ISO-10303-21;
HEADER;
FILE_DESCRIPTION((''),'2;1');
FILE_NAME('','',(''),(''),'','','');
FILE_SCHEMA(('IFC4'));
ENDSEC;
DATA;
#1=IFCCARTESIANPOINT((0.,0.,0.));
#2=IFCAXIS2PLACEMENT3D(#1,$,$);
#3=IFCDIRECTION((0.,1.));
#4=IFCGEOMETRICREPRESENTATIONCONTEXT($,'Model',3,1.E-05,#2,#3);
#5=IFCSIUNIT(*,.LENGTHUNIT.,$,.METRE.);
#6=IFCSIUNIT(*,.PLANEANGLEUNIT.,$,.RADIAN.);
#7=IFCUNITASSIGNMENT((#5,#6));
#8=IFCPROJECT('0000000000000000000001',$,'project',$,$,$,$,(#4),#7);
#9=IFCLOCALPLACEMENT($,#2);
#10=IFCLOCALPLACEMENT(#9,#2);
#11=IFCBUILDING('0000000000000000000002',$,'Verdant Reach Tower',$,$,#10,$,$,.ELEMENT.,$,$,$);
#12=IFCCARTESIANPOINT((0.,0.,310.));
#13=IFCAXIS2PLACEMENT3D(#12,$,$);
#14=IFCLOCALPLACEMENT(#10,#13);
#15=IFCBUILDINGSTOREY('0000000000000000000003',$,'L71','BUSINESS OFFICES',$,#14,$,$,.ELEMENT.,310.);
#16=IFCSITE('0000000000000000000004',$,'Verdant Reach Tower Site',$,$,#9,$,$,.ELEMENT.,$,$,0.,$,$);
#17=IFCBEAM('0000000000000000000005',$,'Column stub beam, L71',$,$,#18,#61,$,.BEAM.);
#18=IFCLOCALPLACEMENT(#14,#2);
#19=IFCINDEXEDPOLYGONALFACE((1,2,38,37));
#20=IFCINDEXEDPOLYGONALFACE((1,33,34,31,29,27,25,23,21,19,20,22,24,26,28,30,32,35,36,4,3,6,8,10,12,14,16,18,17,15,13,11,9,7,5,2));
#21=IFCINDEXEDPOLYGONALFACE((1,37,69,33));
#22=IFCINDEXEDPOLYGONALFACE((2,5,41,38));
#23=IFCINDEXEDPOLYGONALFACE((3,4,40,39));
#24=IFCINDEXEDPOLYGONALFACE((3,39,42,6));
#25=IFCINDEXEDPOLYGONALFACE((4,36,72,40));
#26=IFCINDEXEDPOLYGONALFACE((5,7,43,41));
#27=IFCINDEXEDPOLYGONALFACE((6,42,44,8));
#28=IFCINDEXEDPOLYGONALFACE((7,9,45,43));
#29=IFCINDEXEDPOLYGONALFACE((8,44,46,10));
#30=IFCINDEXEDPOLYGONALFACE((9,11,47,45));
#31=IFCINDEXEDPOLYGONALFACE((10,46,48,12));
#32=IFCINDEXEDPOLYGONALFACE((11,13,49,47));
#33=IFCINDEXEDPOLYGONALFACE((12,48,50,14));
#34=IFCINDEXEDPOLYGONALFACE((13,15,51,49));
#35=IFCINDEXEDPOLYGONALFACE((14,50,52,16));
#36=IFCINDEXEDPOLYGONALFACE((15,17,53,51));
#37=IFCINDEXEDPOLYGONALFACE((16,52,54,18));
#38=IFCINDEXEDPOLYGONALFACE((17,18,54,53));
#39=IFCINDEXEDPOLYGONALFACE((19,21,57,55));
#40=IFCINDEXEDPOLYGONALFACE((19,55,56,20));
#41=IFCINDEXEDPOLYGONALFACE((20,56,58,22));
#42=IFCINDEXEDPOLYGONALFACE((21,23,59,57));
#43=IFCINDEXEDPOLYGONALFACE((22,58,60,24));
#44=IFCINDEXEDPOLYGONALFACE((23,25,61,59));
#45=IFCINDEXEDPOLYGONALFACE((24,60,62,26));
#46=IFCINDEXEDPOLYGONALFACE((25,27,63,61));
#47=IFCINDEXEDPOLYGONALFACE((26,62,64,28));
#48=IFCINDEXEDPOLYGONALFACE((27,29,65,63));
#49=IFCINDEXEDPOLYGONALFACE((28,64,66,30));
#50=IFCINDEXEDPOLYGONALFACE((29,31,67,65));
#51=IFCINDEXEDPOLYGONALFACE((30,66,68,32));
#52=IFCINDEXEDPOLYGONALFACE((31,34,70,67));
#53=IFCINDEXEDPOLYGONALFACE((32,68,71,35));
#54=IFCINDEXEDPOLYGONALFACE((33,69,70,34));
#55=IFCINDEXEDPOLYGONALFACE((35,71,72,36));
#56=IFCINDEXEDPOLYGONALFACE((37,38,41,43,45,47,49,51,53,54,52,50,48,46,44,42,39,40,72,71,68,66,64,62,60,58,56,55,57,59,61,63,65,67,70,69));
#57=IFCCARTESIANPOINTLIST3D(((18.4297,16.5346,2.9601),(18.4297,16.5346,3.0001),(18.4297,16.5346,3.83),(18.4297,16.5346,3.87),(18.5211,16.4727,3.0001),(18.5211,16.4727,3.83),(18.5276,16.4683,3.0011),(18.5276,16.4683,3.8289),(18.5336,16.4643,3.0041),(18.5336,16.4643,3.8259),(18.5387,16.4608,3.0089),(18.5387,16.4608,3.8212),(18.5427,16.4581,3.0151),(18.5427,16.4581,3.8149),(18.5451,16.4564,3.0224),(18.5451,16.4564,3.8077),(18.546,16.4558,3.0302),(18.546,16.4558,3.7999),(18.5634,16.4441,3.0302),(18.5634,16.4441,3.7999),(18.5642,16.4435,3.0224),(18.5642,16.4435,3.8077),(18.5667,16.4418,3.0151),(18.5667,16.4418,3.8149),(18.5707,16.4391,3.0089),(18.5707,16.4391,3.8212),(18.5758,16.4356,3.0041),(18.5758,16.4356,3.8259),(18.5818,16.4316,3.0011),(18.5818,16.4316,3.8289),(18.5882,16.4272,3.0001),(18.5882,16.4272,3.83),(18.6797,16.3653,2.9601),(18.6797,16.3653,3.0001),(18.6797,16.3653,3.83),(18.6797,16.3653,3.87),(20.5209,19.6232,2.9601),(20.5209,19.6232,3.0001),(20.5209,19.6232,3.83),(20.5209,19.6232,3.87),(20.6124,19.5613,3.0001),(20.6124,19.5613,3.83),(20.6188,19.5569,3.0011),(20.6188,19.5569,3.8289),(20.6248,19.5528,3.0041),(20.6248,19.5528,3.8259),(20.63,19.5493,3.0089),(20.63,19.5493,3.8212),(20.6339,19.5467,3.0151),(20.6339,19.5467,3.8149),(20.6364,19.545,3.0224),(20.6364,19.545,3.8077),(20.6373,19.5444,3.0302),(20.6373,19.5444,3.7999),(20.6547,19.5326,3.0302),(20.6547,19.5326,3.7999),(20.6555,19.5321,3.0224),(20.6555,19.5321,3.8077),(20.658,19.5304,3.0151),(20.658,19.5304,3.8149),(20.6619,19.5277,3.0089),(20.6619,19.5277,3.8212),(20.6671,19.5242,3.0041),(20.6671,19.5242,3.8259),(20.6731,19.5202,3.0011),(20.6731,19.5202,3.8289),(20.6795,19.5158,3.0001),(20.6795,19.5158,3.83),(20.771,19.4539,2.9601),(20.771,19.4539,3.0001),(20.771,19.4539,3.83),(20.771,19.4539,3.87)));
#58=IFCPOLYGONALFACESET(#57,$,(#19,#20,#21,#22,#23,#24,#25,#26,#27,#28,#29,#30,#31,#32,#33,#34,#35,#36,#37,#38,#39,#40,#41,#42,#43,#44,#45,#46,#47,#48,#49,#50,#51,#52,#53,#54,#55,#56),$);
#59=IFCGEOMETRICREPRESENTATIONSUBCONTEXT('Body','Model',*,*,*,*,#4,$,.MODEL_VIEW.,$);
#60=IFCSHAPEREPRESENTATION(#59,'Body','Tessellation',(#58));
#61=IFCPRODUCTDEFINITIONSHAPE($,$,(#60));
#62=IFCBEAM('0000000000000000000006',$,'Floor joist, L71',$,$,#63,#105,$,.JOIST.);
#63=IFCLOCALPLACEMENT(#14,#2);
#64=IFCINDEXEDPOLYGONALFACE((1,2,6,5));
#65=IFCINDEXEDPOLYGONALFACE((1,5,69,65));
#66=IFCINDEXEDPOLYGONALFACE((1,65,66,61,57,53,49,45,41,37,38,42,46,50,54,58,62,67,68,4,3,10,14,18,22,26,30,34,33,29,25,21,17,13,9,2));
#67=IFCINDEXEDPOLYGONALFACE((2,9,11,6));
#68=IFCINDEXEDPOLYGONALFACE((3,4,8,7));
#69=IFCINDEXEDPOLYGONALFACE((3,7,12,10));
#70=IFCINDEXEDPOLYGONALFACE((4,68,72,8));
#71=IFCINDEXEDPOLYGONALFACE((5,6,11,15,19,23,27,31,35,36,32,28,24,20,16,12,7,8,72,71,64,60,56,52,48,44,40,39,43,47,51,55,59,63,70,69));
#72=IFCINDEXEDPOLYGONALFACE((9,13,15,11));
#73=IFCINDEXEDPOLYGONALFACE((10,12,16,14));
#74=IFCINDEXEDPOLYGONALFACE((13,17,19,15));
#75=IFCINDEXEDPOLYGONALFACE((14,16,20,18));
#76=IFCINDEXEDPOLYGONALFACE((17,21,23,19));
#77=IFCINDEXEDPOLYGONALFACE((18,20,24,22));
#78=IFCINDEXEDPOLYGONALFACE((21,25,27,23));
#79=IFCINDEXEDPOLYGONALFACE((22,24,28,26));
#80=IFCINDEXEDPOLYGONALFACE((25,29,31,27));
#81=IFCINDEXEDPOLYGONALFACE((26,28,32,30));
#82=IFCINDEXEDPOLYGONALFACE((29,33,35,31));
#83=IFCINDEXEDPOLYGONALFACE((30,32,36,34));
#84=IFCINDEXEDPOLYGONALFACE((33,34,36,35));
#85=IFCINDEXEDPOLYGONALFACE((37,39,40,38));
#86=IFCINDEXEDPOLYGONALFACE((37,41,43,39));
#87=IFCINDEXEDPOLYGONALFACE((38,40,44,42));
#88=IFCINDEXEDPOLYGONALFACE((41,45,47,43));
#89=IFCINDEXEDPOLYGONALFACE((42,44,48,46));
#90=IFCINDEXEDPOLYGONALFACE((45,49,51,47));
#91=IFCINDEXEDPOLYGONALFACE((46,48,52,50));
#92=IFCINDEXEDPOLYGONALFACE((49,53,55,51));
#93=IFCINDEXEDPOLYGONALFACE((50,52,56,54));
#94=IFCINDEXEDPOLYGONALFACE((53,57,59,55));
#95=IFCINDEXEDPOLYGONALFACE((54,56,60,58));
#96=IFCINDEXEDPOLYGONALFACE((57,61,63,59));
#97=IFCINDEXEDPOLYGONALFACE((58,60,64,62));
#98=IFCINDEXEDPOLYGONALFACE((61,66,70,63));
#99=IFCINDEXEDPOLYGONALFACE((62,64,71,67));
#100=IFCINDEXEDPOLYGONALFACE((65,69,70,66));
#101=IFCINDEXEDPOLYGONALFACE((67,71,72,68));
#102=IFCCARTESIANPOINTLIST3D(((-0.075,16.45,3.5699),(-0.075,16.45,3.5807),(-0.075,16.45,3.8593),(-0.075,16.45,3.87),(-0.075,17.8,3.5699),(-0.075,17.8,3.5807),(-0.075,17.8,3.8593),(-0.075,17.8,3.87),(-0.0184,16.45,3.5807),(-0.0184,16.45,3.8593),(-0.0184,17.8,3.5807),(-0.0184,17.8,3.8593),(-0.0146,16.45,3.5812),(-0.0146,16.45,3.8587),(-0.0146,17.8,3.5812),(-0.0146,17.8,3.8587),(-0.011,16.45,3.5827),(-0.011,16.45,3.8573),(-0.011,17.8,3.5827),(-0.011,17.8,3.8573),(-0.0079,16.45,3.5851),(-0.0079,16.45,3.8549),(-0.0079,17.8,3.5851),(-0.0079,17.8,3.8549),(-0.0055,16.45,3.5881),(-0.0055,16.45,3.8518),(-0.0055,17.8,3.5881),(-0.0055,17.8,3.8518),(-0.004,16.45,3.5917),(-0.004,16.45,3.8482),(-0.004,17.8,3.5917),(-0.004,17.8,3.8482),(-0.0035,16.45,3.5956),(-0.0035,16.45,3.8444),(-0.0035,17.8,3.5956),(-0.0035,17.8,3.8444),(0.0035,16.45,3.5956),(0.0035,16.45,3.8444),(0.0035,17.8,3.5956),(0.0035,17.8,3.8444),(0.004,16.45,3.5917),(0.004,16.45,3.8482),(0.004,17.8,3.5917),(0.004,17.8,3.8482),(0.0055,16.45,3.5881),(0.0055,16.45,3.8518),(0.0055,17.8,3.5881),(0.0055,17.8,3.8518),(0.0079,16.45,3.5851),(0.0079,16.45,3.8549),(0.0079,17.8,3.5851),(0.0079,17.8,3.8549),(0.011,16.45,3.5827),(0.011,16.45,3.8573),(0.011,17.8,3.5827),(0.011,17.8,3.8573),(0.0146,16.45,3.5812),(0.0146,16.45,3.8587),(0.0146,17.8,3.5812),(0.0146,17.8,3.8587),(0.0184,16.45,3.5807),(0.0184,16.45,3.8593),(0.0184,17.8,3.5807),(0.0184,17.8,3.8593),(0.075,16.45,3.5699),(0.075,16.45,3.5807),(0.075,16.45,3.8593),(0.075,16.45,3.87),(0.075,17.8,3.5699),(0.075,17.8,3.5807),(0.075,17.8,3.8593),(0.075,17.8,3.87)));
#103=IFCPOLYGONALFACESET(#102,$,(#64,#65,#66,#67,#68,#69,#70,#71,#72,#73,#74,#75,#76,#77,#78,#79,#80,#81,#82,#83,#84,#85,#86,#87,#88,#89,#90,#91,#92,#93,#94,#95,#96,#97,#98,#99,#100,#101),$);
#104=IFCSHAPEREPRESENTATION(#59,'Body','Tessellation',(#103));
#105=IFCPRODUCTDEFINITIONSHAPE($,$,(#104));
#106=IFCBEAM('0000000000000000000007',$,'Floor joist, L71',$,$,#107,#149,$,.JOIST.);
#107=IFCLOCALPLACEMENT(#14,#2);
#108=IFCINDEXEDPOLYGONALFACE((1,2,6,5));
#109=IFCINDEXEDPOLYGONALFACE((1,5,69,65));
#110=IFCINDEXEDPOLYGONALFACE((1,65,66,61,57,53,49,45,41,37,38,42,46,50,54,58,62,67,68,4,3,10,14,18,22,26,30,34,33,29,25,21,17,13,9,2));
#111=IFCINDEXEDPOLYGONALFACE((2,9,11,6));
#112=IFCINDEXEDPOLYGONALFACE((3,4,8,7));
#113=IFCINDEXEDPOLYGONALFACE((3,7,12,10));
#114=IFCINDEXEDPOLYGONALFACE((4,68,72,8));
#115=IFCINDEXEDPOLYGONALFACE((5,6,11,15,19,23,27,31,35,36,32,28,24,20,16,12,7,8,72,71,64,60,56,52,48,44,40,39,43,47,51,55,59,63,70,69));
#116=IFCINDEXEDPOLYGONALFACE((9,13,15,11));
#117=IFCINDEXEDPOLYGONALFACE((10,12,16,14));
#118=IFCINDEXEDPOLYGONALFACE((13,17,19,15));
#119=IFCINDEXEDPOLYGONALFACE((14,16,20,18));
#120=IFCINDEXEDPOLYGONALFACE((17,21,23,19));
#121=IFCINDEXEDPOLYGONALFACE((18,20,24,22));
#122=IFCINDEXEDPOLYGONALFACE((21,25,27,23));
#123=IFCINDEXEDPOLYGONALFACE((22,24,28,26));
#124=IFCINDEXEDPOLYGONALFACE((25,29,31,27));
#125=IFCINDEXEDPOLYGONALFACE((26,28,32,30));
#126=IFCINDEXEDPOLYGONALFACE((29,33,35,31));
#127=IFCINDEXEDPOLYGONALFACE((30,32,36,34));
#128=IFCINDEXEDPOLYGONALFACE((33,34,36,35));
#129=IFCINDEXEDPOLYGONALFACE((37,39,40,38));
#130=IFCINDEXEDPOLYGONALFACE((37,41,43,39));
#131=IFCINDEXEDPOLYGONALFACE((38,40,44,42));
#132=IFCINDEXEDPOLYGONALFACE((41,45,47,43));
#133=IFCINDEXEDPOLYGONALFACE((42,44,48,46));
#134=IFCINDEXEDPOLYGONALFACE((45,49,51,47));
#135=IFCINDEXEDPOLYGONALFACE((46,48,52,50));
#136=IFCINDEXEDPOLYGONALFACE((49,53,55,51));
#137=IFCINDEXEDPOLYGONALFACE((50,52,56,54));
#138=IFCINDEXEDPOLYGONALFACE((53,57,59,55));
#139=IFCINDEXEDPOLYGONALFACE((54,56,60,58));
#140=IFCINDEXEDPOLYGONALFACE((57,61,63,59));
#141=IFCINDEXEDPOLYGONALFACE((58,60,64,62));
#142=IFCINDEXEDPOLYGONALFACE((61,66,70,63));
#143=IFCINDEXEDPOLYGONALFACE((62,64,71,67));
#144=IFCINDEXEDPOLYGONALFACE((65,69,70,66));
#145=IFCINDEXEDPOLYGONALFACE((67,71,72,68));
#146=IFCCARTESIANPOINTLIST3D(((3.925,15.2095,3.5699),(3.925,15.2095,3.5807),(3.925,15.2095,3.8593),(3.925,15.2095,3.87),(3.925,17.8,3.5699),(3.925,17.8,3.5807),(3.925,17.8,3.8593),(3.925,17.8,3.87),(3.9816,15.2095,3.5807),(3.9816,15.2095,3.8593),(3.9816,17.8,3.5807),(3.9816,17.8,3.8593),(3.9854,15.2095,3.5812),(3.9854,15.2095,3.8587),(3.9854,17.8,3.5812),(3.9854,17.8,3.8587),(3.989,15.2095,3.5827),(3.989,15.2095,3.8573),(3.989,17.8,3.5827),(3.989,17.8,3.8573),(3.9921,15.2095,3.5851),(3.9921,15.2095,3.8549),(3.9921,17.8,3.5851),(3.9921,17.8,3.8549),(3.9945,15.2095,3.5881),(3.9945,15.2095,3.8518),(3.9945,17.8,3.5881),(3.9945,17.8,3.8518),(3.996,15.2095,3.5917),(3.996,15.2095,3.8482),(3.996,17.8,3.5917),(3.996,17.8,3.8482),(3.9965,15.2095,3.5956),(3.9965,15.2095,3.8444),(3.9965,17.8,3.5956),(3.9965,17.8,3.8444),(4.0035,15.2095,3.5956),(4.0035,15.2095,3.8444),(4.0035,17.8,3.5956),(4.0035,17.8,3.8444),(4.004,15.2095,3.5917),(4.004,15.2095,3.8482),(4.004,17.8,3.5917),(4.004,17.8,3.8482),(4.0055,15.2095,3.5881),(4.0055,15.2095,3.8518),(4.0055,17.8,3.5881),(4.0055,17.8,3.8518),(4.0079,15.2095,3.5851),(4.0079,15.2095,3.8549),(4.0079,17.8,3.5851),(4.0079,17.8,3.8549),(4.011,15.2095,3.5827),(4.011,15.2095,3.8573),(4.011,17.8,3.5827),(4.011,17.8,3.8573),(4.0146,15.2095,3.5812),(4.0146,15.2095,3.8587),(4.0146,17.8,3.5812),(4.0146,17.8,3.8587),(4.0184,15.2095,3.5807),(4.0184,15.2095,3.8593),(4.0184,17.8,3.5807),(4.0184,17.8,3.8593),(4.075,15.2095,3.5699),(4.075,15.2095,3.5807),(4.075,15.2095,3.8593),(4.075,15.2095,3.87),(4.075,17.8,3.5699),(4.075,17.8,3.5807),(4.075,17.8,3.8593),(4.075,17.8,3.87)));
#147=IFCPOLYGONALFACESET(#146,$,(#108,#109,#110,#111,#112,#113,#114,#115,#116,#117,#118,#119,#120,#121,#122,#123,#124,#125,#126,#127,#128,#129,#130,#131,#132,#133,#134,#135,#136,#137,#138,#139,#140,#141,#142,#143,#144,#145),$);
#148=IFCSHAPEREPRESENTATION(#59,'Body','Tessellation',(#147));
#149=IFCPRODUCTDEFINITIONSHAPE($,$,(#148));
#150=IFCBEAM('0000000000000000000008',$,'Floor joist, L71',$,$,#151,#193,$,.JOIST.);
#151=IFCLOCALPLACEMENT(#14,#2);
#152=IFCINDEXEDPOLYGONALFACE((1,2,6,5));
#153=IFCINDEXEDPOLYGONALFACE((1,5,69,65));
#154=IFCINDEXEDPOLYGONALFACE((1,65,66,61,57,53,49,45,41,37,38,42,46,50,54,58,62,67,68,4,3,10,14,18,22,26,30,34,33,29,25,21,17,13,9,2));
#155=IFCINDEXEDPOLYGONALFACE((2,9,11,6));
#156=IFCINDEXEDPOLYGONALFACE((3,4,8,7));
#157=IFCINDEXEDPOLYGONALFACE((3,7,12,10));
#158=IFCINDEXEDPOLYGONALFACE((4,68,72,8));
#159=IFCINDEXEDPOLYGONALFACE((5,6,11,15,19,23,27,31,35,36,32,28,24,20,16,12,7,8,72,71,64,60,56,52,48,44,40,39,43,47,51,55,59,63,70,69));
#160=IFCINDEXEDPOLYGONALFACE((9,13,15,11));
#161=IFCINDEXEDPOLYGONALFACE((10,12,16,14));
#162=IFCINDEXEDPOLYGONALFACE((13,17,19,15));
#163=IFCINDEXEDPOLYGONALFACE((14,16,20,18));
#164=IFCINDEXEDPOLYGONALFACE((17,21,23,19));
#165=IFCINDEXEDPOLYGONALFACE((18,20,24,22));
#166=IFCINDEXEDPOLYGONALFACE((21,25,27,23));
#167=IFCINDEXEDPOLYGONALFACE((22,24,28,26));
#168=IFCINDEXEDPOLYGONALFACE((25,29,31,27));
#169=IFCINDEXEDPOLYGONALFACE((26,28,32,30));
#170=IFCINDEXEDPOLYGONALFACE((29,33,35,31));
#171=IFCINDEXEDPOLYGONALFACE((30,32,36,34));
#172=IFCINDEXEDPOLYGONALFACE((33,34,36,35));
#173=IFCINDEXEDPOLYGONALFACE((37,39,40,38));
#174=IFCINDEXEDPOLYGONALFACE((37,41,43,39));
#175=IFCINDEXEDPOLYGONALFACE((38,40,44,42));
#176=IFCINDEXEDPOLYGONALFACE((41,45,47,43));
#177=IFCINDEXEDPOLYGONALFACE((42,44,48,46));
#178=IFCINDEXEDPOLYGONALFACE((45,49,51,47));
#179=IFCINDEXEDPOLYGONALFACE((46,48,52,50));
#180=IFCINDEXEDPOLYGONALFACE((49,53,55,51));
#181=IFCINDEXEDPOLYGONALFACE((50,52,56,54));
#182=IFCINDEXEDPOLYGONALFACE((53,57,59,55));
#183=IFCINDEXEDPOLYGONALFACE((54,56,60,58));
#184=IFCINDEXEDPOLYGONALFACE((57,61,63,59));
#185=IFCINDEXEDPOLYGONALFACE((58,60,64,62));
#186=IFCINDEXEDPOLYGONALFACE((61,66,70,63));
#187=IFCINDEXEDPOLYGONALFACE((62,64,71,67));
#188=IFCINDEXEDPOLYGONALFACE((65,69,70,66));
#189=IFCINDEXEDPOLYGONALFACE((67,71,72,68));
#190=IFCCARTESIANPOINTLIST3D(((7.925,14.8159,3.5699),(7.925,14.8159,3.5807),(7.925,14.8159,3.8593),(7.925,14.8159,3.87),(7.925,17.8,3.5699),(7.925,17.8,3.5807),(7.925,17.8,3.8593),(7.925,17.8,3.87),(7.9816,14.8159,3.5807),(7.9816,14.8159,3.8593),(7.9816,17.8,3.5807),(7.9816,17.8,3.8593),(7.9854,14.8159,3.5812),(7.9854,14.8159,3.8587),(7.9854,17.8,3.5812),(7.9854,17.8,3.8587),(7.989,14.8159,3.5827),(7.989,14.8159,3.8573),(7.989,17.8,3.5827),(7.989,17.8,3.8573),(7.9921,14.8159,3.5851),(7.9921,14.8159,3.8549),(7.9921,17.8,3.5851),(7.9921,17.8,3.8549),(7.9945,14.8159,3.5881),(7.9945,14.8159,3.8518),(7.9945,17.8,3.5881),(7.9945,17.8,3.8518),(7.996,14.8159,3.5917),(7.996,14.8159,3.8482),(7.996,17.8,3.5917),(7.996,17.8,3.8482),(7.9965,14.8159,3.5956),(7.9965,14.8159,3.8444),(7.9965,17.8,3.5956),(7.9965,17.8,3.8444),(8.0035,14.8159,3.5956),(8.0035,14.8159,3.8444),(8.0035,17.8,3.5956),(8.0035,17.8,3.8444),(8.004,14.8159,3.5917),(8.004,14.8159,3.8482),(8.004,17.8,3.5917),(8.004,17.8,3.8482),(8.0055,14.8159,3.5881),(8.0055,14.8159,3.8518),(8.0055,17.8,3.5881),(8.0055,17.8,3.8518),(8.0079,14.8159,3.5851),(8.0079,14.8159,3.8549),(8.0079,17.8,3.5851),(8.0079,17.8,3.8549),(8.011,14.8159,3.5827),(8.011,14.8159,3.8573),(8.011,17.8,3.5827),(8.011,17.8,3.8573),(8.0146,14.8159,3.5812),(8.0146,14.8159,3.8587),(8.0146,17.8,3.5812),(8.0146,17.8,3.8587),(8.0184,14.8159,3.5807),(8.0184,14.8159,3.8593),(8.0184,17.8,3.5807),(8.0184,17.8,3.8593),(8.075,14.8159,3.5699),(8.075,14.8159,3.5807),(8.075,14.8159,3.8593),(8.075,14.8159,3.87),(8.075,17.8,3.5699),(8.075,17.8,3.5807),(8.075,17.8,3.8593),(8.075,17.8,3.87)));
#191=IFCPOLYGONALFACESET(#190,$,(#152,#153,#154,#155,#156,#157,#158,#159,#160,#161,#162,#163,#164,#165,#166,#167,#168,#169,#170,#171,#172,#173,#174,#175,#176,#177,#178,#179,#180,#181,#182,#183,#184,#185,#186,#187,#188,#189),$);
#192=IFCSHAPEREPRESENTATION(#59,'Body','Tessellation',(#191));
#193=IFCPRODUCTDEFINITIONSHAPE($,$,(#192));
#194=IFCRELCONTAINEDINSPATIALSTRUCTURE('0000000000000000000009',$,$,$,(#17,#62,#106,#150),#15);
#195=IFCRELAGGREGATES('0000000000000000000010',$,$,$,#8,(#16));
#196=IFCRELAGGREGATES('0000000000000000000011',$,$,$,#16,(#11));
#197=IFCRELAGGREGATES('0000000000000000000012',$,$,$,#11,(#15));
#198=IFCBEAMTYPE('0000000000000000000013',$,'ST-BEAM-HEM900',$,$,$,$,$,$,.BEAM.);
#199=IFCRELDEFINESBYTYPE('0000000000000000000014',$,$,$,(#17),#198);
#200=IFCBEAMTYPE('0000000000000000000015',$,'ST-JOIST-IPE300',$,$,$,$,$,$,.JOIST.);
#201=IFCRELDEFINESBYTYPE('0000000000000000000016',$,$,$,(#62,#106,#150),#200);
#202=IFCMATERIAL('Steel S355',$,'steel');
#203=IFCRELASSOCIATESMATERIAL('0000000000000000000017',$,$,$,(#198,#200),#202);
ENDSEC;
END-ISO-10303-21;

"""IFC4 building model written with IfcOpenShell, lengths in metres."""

from ifc_helpers import new_model, si_unit, direction, frame, origin, origin_2d, place, context, subcontext, project, spatial, i_section, extrude, material, material_profile, profile_set, type_object, element, save


model = new_model("IFC4")

# Units and contexts
model_context = context("Model", 3, precision=1e-05, world=origin(), true_north=direction((0.0, 1.0)))
body_context = subcontext(model_context, "Body", "Model", "MODEL_VIEW")
ifc_project = project(units=[si_unit("LENGTHUNIT", "METRE"), si_unit("PLANEANGLEUNIT", "RADIAN")], contexts=[model_context])

# Site, building, storey
site_placement = place(None, origin())
site = spatial("IfcSite", under=ifc_project, at=site_placement, Name="Verdant Reach Tower Site", CompositionType="ELEMENT", RefElevation=0.0)
building_placement = place(site_placement, origin())
building = spatial("IfcBuilding", under=site, at=building_placement, Name="Verdant Reach Tower", CompositionType="ELEMENT")
storey_placement = place(building_placement, frame((0.0, 0.0, 310.0)))
storey = spatial("IfcBuildingStorey", under=building, at=storey_placement, Name="L71", Description="BUSINESS OFFICES", CompositionType="ELEMENT", Elevation=310.0)

# Beams
ifc_material_1 = material(Name="Steel S355", Category="steel")
ifc_material_profile_1 = material_profile(ifc_material_1, i_section(OverallWidth=0.302, OverallDepth=0.9099, WebThickness=0.021, FlangeThickness=0.04, FilletRadius=0.03, at=origin_2d()), Name="HEM 900")
ifc_profile_set_1 = profile_set([ifc_material_profile_1], Name="Steel S355")
beam_type_1 = type_object("IfcBeamType", Name="ST-BEAM-HEM900", PredefinedType="BEAM", material=ifc_profile_set_1)
beam_1_placement = place(storey_placement, frame((18.5547, 16.45, 3.415), z_axis=(0.560667, 0.828041, 0.0), x_axis=(-0.828041, 0.560667, 0.0)))
element("IfcBeam", 1, at=beam_1_placement, inside=storey, type_object=beam_type_1, Name="Column stub beam, L71", PredefinedType="BEAM", context=body_context, shape_type="SweptSolid", body=[
    extrude(i_section(OverallWidth=0.302, OverallDepth=0.9099, WebThickness=0.021, FlangeThickness=0.04, FilletRadius=0.03, at=origin_2d()), origin(), (0.0, 0.0, 1.0), 3.73),
])
ifc_material_profile_2 = material_profile(ifc_material_1, i_section(OverallWidth=0.1499, OverallDepth=0.3, WebThickness=0.0071, FlangeThickness=0.0107, FilletRadius=0.0149, at=origin_2d()), Name="IPE 300")
ifc_profile_set_2 = profile_set([ifc_material_profile_2], Name="Steel S355")
beam_type_2 = type_object("IfcBeamType", Name="ST-JOIST-IPE300", PredefinedType="JOIST", material=ifc_profile_set_2)
beam_2_placement = place(storey_placement, frame((0.0, 17.8, 3.72), z_axis=(0.0, -1.0, 0.0), x_axis=(1.0, 0.0, 0.0)))
element("IfcBeam", 2, at=beam_2_placement, inside=storey, type_object=beam_type_2, Name="Floor joist, L71", PredefinedType="JOIST", context=body_context, shape_type="SweptSolid", body=[
    extrude(i_section(OverallWidth=0.1499, OverallDepth=0.3, WebThickness=0.0071, FlangeThickness=0.0107, FilletRadius=0.0149, at=origin_2d()), origin(), (0.0, 0.0, 1.0), 1.3501),
])
beam_3_placement = place(storey_placement, frame((4.0, 17.8, 3.72), z_axis=(0.0, -1.0, 0.0), x_axis=(1.0, 0.0, 0.0)))
element("IfcBeam", 3, at=beam_3_placement, inside=storey, type_object=beam_type_2, Name="Floor joist, L71", PredefinedType="JOIST", context=body_context, shape_type="SweptSolid", body=[
    extrude(i_section(OverallWidth=0.1499, OverallDepth=0.3, WebThickness=0.0071, FlangeThickness=0.0107, FilletRadius=0.0149, at=origin_2d()), origin(), (0.0, 0.0, 1.0), 2.5906),
])
beam_4_placement = place(storey_placement, frame((8.0, 17.8, 3.72), z_axis=(0.0, -1.0, 0.0), x_axis=(1.0, 0.0, 0.0)))
element("IfcBeam", 4, at=beam_4_placement, inside=storey, type_object=beam_type_2, Name="Floor joist, L71", PredefinedType="JOIST", context=body_context, shape_type="SweptSolid", body=[
    extrude(i_section(OverallWidth=0.1499, OverallDepth=0.3, WebThickness=0.0071, FlangeThickness=0.0107, FilletRadius=0.0149, at=origin_2d()), origin(), (0.0, 0.0, 1.0), 2.9841),
])

save(model, "model.ifc")
